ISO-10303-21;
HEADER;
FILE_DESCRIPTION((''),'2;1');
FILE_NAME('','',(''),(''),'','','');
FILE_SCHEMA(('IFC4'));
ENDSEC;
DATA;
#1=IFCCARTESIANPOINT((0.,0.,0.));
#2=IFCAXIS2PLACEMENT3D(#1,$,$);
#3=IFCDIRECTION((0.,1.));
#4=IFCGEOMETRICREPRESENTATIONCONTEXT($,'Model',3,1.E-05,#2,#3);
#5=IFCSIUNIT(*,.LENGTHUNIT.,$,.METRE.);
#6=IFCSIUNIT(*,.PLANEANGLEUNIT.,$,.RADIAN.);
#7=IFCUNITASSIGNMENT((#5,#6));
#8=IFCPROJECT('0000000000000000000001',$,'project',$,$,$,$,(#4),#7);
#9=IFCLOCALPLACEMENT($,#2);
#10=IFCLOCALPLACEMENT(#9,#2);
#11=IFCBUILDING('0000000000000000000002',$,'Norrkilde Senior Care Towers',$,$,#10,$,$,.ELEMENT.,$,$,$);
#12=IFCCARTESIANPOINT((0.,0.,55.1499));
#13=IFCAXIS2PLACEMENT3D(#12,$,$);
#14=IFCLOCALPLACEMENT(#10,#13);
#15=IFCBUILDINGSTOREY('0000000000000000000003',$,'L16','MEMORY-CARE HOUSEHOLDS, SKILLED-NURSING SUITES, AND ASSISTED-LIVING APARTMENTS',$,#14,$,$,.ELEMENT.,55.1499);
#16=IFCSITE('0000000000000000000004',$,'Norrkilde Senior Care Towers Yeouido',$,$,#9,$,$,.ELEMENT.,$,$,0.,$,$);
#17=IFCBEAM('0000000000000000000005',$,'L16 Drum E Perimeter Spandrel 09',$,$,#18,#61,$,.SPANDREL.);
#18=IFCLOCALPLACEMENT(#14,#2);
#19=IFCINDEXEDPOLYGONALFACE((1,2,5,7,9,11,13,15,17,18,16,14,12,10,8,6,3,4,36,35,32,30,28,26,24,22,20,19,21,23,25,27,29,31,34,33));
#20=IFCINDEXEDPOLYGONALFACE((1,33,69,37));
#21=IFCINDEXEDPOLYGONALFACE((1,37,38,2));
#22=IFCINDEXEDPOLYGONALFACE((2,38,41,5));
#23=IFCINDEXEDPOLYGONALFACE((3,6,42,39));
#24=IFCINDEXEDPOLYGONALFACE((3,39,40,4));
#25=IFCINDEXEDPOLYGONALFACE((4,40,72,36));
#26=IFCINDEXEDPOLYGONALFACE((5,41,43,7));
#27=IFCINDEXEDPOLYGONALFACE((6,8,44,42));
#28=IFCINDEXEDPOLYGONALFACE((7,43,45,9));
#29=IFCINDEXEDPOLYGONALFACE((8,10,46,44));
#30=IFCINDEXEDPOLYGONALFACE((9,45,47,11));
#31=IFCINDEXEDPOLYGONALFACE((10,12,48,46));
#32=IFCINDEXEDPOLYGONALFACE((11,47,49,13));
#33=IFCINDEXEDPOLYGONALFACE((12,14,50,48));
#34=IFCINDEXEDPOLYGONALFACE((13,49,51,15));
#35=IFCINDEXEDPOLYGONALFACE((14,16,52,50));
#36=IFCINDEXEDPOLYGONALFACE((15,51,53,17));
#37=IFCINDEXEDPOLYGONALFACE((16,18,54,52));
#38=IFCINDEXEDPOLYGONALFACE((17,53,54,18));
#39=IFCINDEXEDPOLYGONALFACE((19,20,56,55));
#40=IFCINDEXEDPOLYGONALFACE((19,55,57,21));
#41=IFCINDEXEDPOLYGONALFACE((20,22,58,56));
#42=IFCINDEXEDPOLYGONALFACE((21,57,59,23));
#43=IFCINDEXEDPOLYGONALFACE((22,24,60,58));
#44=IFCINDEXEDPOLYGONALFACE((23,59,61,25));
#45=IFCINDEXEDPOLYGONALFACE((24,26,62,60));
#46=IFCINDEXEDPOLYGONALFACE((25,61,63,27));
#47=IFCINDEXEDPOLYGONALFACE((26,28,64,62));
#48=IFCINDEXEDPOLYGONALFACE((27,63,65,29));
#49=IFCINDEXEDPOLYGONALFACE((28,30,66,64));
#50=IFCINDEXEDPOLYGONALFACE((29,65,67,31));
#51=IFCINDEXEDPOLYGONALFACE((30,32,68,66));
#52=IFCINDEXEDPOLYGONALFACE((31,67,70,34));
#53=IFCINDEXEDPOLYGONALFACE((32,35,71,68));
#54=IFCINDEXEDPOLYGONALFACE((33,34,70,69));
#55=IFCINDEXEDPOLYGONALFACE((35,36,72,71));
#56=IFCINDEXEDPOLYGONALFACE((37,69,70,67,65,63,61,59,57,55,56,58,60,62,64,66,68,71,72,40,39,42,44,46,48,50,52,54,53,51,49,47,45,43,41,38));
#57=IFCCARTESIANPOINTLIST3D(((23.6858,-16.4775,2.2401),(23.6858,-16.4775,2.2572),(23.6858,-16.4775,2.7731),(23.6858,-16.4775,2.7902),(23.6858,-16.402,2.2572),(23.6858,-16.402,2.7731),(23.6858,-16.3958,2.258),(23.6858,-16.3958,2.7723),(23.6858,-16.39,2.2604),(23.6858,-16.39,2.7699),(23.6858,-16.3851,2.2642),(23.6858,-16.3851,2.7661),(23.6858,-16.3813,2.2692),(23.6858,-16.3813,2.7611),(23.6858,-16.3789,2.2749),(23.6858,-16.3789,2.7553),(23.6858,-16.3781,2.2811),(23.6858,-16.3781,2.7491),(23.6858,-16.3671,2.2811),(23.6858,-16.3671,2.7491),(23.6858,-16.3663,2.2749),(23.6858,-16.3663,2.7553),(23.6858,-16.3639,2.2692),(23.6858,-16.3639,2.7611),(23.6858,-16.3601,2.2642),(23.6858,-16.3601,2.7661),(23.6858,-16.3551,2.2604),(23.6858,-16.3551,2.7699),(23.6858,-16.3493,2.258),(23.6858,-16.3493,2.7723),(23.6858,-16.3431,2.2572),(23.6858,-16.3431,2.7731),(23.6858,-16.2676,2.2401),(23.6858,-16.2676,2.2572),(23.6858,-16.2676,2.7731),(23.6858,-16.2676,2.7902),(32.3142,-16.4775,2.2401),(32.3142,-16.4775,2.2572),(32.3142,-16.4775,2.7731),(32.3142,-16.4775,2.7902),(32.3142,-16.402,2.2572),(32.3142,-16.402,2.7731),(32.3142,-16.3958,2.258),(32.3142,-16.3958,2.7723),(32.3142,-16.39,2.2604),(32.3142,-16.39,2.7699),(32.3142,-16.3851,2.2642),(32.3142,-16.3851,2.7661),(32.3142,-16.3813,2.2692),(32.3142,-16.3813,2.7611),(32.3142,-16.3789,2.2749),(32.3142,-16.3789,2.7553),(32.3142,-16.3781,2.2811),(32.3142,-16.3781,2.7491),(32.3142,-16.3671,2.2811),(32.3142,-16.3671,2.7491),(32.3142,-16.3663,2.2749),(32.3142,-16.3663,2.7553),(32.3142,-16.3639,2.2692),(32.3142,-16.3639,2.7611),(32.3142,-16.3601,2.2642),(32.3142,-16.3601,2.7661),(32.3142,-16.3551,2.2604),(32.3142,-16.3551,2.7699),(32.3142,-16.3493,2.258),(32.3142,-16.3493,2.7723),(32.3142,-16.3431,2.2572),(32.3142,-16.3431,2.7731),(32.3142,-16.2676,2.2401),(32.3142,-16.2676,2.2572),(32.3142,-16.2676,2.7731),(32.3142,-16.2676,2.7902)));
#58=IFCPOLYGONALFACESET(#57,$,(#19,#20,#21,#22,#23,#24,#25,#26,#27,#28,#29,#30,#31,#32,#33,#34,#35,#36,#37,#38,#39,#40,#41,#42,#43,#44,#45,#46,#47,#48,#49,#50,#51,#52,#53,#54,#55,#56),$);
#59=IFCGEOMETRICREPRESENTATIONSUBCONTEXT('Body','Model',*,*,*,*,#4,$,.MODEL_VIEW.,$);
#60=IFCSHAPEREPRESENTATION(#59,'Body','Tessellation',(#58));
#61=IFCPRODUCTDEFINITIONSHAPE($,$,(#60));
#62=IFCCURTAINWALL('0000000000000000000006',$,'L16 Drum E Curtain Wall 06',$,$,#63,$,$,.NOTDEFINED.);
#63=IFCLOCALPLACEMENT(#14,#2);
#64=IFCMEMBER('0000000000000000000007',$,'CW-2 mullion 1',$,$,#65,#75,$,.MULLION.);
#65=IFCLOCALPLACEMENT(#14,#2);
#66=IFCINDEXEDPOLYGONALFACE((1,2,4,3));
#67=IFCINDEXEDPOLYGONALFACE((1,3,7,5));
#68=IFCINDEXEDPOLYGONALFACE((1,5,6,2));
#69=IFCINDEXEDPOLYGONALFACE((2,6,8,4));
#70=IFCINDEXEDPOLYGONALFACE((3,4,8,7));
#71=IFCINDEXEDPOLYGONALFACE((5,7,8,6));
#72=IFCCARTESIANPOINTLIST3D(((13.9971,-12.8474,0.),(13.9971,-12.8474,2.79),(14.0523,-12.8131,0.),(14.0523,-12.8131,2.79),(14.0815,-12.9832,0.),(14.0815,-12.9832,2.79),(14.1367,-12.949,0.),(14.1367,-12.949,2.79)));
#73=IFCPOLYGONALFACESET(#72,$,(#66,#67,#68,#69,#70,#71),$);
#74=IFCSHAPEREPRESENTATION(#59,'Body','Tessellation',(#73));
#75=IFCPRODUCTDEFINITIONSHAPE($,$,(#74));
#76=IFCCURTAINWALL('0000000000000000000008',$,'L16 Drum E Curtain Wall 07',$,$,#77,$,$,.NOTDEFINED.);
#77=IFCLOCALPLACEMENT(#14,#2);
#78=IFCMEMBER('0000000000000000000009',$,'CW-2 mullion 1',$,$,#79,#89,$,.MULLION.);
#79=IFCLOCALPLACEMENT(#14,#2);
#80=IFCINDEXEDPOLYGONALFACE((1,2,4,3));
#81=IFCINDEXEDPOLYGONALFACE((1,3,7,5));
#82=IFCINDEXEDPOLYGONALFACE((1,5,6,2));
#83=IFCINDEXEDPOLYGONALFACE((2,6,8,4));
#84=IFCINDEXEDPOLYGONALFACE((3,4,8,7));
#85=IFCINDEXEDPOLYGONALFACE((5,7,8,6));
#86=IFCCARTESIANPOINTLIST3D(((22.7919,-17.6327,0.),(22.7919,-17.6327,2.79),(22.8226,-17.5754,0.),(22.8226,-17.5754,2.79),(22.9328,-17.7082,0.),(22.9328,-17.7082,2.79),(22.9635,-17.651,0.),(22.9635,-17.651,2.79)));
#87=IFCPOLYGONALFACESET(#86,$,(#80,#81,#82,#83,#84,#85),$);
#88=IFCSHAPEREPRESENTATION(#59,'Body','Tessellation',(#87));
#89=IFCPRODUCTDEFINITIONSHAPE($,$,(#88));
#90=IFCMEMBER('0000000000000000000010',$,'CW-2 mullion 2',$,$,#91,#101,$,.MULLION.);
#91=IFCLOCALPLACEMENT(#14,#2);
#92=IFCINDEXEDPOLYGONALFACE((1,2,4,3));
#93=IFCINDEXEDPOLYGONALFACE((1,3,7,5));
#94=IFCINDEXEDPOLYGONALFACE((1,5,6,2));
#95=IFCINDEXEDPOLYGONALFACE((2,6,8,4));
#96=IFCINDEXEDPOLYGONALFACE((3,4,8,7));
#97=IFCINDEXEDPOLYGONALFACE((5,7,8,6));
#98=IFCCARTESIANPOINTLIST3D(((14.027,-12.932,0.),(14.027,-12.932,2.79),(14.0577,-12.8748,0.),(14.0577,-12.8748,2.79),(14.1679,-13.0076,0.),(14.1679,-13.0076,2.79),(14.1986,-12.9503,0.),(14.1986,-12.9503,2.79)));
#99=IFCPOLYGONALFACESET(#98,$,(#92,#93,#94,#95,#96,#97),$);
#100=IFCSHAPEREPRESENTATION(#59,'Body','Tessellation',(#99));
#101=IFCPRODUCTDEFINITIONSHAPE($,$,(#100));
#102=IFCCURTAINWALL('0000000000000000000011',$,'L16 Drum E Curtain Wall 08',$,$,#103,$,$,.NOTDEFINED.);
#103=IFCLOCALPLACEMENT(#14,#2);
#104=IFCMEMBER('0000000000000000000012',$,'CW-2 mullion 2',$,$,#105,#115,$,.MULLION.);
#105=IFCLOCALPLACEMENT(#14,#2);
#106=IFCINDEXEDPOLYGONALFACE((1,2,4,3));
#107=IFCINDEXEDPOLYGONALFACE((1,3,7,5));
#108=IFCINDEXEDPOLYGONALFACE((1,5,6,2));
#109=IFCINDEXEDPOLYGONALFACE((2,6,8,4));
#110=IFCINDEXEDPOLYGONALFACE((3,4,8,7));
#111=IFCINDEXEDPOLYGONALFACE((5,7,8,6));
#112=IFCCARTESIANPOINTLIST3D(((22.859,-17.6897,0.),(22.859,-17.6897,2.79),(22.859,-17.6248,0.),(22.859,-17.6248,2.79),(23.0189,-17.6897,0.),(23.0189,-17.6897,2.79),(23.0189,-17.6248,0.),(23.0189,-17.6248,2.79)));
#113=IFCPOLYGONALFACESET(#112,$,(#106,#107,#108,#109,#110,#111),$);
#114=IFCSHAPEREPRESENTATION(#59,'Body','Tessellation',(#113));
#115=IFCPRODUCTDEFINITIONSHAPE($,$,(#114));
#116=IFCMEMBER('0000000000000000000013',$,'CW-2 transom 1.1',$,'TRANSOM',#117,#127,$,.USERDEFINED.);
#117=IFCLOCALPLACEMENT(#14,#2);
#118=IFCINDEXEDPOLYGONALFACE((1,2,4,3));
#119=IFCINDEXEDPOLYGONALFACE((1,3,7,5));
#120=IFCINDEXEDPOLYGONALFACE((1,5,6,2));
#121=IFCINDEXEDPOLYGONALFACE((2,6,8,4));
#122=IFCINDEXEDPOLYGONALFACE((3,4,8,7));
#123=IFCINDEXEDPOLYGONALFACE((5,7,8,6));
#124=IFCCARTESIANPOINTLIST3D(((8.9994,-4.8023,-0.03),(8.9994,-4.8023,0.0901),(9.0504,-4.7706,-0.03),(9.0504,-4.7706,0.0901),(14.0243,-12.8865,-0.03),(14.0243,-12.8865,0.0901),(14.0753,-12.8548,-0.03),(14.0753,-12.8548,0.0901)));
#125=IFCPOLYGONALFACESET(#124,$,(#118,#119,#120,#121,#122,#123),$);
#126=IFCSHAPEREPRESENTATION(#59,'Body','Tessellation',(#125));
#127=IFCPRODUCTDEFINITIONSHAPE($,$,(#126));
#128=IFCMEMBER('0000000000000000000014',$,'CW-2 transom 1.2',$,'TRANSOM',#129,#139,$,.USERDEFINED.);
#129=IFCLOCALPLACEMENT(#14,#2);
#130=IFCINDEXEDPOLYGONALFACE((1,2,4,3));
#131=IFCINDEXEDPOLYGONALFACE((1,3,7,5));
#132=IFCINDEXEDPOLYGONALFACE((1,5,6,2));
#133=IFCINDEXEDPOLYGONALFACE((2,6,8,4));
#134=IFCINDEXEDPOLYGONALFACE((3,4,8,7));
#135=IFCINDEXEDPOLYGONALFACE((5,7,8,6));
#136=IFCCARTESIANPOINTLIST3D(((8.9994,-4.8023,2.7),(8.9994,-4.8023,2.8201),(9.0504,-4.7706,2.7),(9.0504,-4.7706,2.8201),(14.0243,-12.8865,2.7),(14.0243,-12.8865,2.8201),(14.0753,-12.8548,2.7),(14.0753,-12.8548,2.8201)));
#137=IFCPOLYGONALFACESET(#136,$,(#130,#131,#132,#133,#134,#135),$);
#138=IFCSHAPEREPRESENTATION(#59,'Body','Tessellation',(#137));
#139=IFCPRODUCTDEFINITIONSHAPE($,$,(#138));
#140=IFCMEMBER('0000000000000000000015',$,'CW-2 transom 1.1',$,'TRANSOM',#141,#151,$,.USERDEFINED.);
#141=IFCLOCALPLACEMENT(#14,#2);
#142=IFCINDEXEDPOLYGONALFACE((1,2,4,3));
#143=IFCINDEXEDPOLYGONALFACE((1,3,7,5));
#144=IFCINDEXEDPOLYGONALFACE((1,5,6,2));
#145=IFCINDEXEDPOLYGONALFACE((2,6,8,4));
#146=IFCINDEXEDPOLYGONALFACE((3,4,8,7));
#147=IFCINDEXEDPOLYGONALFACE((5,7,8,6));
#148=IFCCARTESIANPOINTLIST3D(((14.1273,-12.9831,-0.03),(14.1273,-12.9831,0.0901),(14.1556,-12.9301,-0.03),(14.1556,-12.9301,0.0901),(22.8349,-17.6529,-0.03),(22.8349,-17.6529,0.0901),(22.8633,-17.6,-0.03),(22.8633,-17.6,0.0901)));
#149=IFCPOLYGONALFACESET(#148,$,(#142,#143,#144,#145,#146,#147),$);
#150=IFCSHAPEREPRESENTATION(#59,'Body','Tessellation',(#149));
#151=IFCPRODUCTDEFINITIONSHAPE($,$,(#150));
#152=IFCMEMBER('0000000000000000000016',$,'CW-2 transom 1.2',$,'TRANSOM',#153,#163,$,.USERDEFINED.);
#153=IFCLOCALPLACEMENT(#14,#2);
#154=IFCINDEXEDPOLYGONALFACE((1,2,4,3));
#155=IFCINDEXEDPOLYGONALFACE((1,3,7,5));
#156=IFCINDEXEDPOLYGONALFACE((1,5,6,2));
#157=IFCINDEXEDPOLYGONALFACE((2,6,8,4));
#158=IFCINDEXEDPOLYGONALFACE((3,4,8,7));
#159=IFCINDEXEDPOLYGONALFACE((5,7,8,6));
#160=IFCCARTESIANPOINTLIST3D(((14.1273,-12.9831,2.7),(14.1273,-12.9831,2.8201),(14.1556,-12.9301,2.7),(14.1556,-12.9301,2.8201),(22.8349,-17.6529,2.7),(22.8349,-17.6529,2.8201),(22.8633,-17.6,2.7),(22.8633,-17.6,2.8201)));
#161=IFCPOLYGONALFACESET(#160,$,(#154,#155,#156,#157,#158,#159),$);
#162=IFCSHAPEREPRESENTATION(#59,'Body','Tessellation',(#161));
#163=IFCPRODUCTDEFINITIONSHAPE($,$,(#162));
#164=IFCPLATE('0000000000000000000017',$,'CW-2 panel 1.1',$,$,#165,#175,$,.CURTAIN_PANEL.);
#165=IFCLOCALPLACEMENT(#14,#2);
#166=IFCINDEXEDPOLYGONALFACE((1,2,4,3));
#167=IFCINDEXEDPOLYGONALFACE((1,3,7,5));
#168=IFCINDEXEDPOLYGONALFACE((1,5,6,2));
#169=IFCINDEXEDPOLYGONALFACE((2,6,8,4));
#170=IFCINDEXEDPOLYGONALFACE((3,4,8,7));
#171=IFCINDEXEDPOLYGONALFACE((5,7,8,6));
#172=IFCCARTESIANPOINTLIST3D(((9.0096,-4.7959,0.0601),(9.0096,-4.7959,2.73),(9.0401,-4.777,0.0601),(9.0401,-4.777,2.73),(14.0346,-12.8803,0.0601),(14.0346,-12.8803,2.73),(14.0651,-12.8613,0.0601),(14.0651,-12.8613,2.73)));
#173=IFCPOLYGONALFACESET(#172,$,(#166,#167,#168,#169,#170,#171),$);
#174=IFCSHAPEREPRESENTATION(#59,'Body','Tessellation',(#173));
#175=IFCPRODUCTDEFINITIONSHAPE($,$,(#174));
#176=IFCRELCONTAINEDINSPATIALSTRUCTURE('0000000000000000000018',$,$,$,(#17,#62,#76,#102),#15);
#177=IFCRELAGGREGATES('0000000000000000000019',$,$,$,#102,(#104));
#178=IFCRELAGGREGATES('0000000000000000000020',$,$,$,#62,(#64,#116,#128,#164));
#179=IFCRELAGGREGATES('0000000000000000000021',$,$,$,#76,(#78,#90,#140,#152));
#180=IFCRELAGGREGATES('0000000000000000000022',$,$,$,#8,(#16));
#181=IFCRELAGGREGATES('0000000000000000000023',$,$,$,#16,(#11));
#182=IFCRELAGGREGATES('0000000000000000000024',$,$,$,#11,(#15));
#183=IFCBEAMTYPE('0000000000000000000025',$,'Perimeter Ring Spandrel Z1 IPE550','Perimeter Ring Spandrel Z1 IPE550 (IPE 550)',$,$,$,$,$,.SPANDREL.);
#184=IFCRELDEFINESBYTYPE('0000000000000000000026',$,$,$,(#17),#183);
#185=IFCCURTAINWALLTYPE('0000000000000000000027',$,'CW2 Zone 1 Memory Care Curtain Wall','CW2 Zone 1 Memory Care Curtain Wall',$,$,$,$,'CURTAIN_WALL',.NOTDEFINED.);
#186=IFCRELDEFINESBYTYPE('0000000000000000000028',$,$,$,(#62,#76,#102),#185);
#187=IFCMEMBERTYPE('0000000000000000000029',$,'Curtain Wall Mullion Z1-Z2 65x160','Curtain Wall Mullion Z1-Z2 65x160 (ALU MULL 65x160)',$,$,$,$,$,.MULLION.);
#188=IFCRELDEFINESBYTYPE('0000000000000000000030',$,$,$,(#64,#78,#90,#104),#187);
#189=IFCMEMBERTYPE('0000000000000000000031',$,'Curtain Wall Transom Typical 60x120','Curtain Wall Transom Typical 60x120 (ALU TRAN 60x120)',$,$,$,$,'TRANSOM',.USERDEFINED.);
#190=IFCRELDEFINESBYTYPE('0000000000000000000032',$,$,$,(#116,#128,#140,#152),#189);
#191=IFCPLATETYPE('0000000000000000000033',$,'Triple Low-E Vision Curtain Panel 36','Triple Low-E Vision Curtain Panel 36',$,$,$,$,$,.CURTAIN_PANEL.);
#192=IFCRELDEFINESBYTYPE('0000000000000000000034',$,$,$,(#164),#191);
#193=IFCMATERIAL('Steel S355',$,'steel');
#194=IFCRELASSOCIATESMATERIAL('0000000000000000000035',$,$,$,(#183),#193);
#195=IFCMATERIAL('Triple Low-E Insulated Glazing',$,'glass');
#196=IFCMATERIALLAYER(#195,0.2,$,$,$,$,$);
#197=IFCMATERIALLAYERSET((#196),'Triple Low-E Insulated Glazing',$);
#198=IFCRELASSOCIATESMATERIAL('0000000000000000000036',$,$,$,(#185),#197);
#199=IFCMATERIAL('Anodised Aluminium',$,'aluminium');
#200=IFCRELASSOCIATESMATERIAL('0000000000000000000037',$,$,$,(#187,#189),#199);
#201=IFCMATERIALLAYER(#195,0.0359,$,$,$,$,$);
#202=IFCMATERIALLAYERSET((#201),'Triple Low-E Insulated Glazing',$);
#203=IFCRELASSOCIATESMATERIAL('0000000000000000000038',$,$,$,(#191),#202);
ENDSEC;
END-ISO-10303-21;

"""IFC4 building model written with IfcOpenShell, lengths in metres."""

from ifc_helpers import new_model, si_unit, direction, frame, origin, origin_2d, place, context, subcontext, project, spatial, rectangle, i_section, extrude, source, transform, mapped, material, layer, layer_set, material_profile, profile_set, type_object, type_shapes, element, aggregate, save


model = new_model("IFC4")

# Units and contexts
model_context = context("Model", 3, precision=1e-05, world=origin(), true_north=direction((0.0, 1.0)))
body_context = subcontext(model_context, "Body", "Model", "MODEL_VIEW")
ifc_project = project(units=[si_unit("LENGTHUNIT", "METRE"), si_unit("PLANEANGLEUNIT", "RADIAN")], contexts=[model_context])

# Site, building, storey
site_placement = place(None, origin())
site = spatial("IfcSite", under=ifc_project, at=site_placement, Name="Norrkilde Senior Care Towers Yeouido", CompositionType="ELEMENT", RefElevation=0.0)
building_placement = place(site_placement, origin())
building = spatial("IfcBuilding", under=site, at=building_placement, Name="Norrkilde Senior Care Towers", CompositionType="ELEMENT")
storey_placement = place(building_placement, frame((0.0, 0.0, 55.1499)))
storey = spatial("IfcBuildingStorey", under=building, at=storey_placement, Name="L16", Description="MEMORY-CARE HOUSEHOLDS, SKILLED-NURSING SUITES, AND ASSISTED-LIVING APARTMENTS", CompositionType="ELEMENT", Elevation=55.1499)

# Beam
ifc_material_1 = material(Name="Steel S355", Category="steel")
ifc_material_profile_1 = material_profile(ifc_material_1, i_section(OverallWidth=0.21, OverallDepth=0.55, WebThickness=0.011, FlangeThickness=0.0171, FilletRadius=0.0239, at=origin_2d()), Name="IPE 550")
ifc_profile_set_1 = profile_set([ifc_material_profile_1], Name="Steel S355")
beam_type_1 = type_object("IfcBeamType", Name="Perimeter Ring Spandrel Z1 IPE550", Description="Perimeter Ring Spandrel Z1 IPE550 (IPE 550)", PredefinedType="SPANDREL", material=ifc_profile_set_1)
shared_shape_1 = source(origin(), body_context, "Body", "SweptSolid", [
    extrude(i_section(OverallWidth=0.21, OverallDepth=0.55, WebThickness=0.011, FlangeThickness=0.0171, FilletRadius=0.0239, at=origin_2d()), origin(), (0.0, 0.0, 1.0), 8.6284),
])
beam_1_placement = place(storey_placement, frame((23.6858, -16.3726, 2.5151), z_axis=(1.0, 0.0, 0.0), x_axis=(0.0, 1.0, 0.0)))
element("IfcBeam", 1, at=beam_1_placement, inside=storey, type_object=beam_type_1, Name="L16 Drum E Perimeter Spandrel 09", PredefinedType="SPANDREL", context=body_context, shape_type="MappedRepresentation", body=[
    mapped(shared_shape_1, transform((0.0, 0.0, 0.0), x_axis=(1.0, 0.0, 0.0), y_axis=(0.0, 1.0, 0.0), z_axis=(0.0, 0.0, 1.0), scale=1.0)),
])

# Curtain wall, member
ifc_material_2 = material(Name="Triple Low-E Insulated Glazing", Category="glass")
ifc_layer_1 = layer(ifc_material_2, 0.2)
ifc_layer_set_1 = layer_set([ifc_layer_1], Name="Triple Low-E Insulated Glazing")
curtain_wall_type = type_object("IfcCurtainWallType", Name="CW2 Zone 1 Memory Care Curtain Wall", Description="CW2 Zone 1 Memory Care Curtain Wall", ElementType="CURTAIN_WALL", PredefinedType="NOTDEFINED", material=ifc_layer_set_1)
curtain_wall_1_placement = place(storey_placement, origin())
curtain_wall_1 = element("IfcCurtainWall", 2, at=curtain_wall_1_placement, inside=storey, type_object=curtain_wall_type, Name="L16 Drum E Curtain Wall 06", PredefinedType="NOTDEFINED")
ifc_material_3 = material(Name="Anodised Aluminium", Category="aluminium")
ifc_material_profile_2 = material_profile(ifc_material_3, rectangle(XDim=0.0649, YDim=0.1599, at=origin_2d()), Name="ALU MULL 65x160")
ifc_profile_set_2 = profile_set([ifc_material_profile_2], Name="Anodised Aluminium")
member_type_1 = type_object("IfcMemberType", Name="Curtain Wall Mullion Z1-Z2 65x160", Description="Curtain Wall Mullion Z1-Z2 65x160 (ALU MULL 65x160)", PredefinedType="MULLION", material=ifc_profile_set_2)
shared_shape_2 = source(origin(), body_context, "Body", "SweptSolid", [
    extrude(rectangle(XDim=0.0649, YDim=0.1599, at=origin_2d()), origin(), (0.0, 0.0, 1.0), 2.79),
])
type_shapes(member_type_1, [shared_shape_2])
member_1_placement = place(storey_placement, frame((14.0669, -12.8982, 0.0), z_axis=(0.0, 0.0, 1.0), x_axis=(-0.849306, -0.527901, 0.0)))
member_1 = element("IfcMember", 3, at=member_1_placement, type_object=member_type_1, Name="CW-2 mullion 1", PredefinedType="MULLION", context=body_context, shape_type="MappedRepresentation", body=[
    mapped(shared_shape_2, transform((0.0, 0.0, 0.0), x_axis=(1.0, 0.0, 0.0), y_axis=(0.0, 1.0, 0.0), z_axis=(0.0, 0.0, 1.0), scale=1.0)),
])

# Curtain wall, members
curtain_wall_2_placement = place(storey_placement, origin())
curtain_wall_2 = element("IfcCurtainWall", 4, at=curtain_wall_2_placement, inside=storey, type_object=curtain_wall_type, Name="L16 Drum E Curtain Wall 07", PredefinedType="NOTDEFINED")
member_2_placement = place(storey_placement, frame((22.8777, -17.6418, 0.0), z_axis=(0.0, 0.0, 1.0), x_axis=(-0.472608, -0.881273, 0.0)))
member_2 = element("IfcMember", 5, at=member_2_placement, type_object=member_type_1, Name="CW-2 mullion 1", PredefinedType="MULLION", context=body_context, shape_type="MappedRepresentation", body=[
    mapped(shared_shape_2, transform((0.0, 0.0, 0.0), x_axis=(1.0, 0.0, 0.0), y_axis=(0.0, 1.0, 0.0), z_axis=(0.0, 0.0, 1.0), scale=1.0)),
])
member_3_placement = place(storey_placement, frame((14.1128, -12.9412, 0.0), z_axis=(0.0, 0.0, 1.0), x_axis=(-0.472608, -0.881273, 0.0)))
member_3 = element("IfcMember", 6, at=member_3_placement, type_object=member_type_1, Name="CW-2 mullion 2", PredefinedType="MULLION", context=body_context, shape_type="MappedRepresentation", body=[
    mapped(shared_shape_2, transform((0.0, 0.0, 0.0), x_axis=(1.0, 0.0, 0.0), y_axis=(0.0, 1.0, 0.0), z_axis=(0.0, 0.0, 1.0), scale=1.0)),
])

# Curtain wall, member
curtain_wall_3_placement = place(storey_placement, origin())
curtain_wall_3 = element("IfcCurtainWall", 7, at=curtain_wall_3_placement, inside=storey, type_object=curtain_wall_type, Name="L16 Drum E Curtain Wall 08", PredefinedType="NOTDEFINED")
member_4_placement = place(storey_placement, frame((22.939, -17.6572, 0.0), z_axis=(0.0, 0.0, 1.0), x_axis=(0.0, -1.0, 0.0)))
member_4 = element("IfcMember", 8, at=member_4_placement, type_object=member_type_1, Name="CW-2 mullion 2", PredefinedType="MULLION", context=body_context, shape_type="MappedRepresentation", body=[
    mapped(shared_shape_2, transform((0.0, 0.0, 0.0), x_axis=(1.0, 0.0, 0.0), y_axis=(0.0, 1.0, 0.0), z_axis=(0.0, 0.0, 1.0), scale=1.0)),
])
aggregate(curtain_wall_3, [member_4])

# Members
ifc_material_profile_3 = material_profile(ifc_material_3, rectangle(XDim=0.0601, YDim=0.1201, at=origin_2d()), Name="ALU TRAN 60x120")
ifc_profile_set_3 = profile_set([ifc_material_profile_3], Name="Anodised Aluminium")
member_type_2 = type_object("IfcMemberType", Name="Curtain Wall Transom Typical 60x120", Description="Curtain Wall Transom Typical 60x120 (ALU TRAN 60x120)", ElementType="TRANSOM", PredefinedType="USERDEFINED", material=ifc_profile_set_3)
shared_shape_3 = source(origin(), body_context, "Body", "SweptSolid", [
    extrude(rectangle(XDim=0.0601, YDim=0.1201, at=origin_2d()), origin(), (0.0, 0.0, 1.0), 9.5186),
])
member_5_placement = place(storey_placement, frame((14.0498, -12.8706, 0.03), z_axis=(-0.527902, 0.849306, 0.0), x_axis=(-0.849306, -0.527902, 0.0)))
member_5 = element("IfcMember", 9, at=member_5_placement, type_object=member_type_2, Name="CW-2 transom 1.1", ObjectType="TRANSOM", PredefinedType="USERDEFINED", context=body_context, shape_type="MappedRepresentation", body=[
    mapped(shared_shape_3, transform((0.0, 0.0, 0.0), x_axis=(1.0, 0.0, 0.0), y_axis=(0.0, 1.0, 0.0), z_axis=(0.0, 0.0, 1.0), scale=1.0)),
])
member_6_placement = place(storey_placement, frame((14.0498, -12.8706, 2.76), z_axis=(-0.527902, 0.849306, 0.0), x_axis=(-0.849306, -0.527902, 0.0)))
member_6 = element("IfcMember", 10, at=member_6_placement, type_object=member_type_2, Name="CW-2 transom 1.2", ObjectType="TRANSOM", PredefinedType="USERDEFINED", context=body_context, shape_type="MappedRepresentation", body=[
    mapped(shared_shape_3, transform((0.0, 0.0, 0.0), x_axis=(1.0, 0.0, 0.0), y_axis=(0.0, 1.0, 0.0), z_axis=(0.0, 0.0, 1.0), scale=1.0)),
])
shared_shape_4 = source(origin(), body_context, "Body", "SweptSolid", [
    extrude(rectangle(XDim=0.0601, YDim=0.1201, at=origin_2d()), origin(), (0.0, 0.0, 1.0), 9.8809),
])
type_shapes(member_type_2, [shared_shape_3, shared_shape_4])
member_7_placement = place(storey_placement, frame((22.8491, -17.6265, 0.03), z_axis=(-0.881267, 0.472618, 0.0), x_axis=(-0.472618, -0.881267, 0.0)))
member_7 = element("IfcMember", 11, at=member_7_placement, type_object=member_type_2, Name="CW-2 transom 1.1", ObjectType="TRANSOM", PredefinedType="USERDEFINED", context=body_context, shape_type="MappedRepresentation", body=[
    mapped(shared_shape_4, transform((0.0, 0.0, 0.0), x_axis=(1.0, 0.0, 0.0), y_axis=(0.0, 1.0, 0.0), z_axis=(0.0, 0.0, 1.0), scale=1.0)),
])
member_8_placement = place(storey_placement, frame((22.8491, -17.6265, 2.76), z_axis=(-0.881267, 0.472618, 0.0), x_axis=(-0.472618, -0.881267, 0.0)))
member_8 = element("IfcMember", 12, at=member_8_placement, type_object=member_type_2, Name="CW-2 transom 1.2", ObjectType="TRANSOM", PredefinedType="USERDEFINED", context=body_context, shape_type="MappedRepresentation", body=[
    mapped(shared_shape_4, transform((0.0, 0.0, 0.0), x_axis=(1.0, 0.0, 0.0), y_axis=(0.0, 1.0, 0.0), z_axis=(0.0, 0.0, 1.0), scale=1.0)),
])

# Plate
ifc_layer_2 = layer(ifc_material_2, 0.0359)
ifc_layer_set_2 = layer_set([ifc_layer_2], Name="Triple Low-E Insulated Glazing")
plate_type = type_object("IfcPlateType", Name="Triple Low-E Vision Curtain Panel 36", Description="Triple Low-E Vision Curtain Panel 36", PredefinedType="CURTAIN_PANEL", material=ifc_layer_set_2)
shared_shape_5 = source(origin(), body_context, "Body", "SweptSolid", [
    extrude(rectangle(XDim=9.5188, YDim=0.0359, at=origin_2d()), origin(), (0.0, 0.0, 1.0), 2.6699),
])
plate_1_placement = place(storey_placement, frame((11.5374, -8.8286, 0.0601), z_axis=(0.0, 0.0, 1.0), x_axis=(-0.527901, 0.849306, 0.0)))
plate_1 = element("IfcPlate", 13, at=plate_1_placement, type_object=plate_type, Name="CW-2 panel 1.1", PredefinedType="CURTAIN_PANEL", context=body_context, shape_type="MappedRepresentation", body=[
    mapped(shared_shape_5, transform((0.0, 0.0, 0.0), x_axis=(1.0, 0.0, 0.0), y_axis=(0.0, 1.0, 0.0), z_axis=(0.0, 0.0, 1.0), scale=1.0)),
])
aggregate(curtain_wall_1, [member_1, member_5, member_6, plate_1])
aggregate(curtain_wall_2, [member_2, member_3, member_7, member_8])

save(model, "model.ifc")
